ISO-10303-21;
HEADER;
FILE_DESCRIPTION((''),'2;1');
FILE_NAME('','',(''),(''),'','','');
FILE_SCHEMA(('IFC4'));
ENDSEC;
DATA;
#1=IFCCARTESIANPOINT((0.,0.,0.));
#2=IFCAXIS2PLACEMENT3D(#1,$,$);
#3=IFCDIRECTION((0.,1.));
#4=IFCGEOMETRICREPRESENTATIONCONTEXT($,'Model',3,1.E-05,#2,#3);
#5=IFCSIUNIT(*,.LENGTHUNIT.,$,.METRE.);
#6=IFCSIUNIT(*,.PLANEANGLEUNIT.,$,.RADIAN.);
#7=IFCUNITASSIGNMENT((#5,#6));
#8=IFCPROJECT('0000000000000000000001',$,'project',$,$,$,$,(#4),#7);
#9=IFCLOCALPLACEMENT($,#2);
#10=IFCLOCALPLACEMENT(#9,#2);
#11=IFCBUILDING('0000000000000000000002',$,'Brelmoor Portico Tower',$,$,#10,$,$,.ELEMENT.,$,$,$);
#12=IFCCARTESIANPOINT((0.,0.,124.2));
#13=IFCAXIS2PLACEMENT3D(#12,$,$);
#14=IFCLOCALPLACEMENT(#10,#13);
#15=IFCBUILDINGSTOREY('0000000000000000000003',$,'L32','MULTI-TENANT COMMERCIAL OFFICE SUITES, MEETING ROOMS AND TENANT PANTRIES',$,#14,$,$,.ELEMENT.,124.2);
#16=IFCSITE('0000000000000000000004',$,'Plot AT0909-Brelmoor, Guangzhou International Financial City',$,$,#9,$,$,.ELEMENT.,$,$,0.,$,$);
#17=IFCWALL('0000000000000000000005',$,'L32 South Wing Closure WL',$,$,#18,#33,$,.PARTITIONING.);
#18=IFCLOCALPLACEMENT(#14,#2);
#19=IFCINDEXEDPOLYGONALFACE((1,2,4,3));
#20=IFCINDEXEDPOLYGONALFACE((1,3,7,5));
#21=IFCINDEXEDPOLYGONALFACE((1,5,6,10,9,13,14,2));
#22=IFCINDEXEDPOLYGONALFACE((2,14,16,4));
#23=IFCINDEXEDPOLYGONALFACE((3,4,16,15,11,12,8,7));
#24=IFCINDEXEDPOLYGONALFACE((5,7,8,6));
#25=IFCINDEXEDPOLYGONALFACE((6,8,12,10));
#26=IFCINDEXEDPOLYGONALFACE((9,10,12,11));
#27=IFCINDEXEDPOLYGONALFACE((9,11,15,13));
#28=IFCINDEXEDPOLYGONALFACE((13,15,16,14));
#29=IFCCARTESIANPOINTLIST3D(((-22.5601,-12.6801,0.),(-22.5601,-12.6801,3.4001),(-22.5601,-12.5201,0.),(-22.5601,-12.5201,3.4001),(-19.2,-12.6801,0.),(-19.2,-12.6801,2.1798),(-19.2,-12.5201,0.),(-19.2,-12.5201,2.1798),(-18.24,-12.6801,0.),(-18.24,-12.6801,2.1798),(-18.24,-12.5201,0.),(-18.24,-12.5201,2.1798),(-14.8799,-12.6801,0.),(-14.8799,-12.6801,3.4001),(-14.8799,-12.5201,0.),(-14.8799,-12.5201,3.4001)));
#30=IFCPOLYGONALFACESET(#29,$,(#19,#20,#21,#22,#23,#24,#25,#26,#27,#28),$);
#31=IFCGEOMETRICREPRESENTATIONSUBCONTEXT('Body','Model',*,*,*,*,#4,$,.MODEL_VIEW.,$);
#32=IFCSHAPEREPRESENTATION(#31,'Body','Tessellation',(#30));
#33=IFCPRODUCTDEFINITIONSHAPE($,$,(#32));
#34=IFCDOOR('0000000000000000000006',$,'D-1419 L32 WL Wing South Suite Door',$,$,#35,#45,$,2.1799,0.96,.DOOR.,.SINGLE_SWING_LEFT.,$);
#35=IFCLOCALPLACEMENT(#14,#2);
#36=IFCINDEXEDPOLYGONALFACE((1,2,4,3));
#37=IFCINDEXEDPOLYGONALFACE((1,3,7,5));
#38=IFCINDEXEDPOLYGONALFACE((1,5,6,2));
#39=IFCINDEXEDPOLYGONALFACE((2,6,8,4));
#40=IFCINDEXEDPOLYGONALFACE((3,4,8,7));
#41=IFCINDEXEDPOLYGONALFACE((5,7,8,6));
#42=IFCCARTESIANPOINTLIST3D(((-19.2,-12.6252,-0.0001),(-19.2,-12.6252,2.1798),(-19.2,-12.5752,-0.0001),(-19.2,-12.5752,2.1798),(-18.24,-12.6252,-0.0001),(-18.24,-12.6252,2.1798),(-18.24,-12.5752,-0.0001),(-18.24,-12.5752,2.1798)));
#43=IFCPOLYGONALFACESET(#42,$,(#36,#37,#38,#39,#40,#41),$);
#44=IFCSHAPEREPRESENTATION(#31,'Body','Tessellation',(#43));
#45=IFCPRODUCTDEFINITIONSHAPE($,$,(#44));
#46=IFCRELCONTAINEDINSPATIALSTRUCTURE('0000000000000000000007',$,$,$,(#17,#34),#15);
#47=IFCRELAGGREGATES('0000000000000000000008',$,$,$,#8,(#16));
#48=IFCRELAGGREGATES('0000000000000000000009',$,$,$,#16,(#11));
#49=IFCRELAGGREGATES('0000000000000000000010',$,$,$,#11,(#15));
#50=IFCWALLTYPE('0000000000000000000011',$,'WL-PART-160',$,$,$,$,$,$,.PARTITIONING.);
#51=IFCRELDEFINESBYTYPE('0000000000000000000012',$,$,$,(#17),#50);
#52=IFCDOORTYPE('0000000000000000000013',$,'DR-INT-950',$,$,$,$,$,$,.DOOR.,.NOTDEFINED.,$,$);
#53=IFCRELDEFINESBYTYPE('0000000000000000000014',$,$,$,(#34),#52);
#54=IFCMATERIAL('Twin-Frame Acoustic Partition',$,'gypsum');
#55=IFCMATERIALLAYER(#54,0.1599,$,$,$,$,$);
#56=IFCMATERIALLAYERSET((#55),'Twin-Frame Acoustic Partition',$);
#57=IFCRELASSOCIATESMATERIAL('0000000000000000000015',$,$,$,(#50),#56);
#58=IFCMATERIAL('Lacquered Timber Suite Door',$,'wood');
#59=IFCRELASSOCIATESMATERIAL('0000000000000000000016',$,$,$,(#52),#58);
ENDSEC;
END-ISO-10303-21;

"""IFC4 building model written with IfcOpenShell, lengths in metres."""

from ifc_helpers import new_model, si_unit, direction, frame, frame_2d, origin, place, context, subcontext, project, spatial, rectangle, extrude, material, layer, layer_set, type_object, element, fill, save


model = new_model("IFC4")

# Units and contexts
model_context = context("Model", 3, precision=1e-05, world=origin(), true_north=direction((0.0, 1.0)))
body_context = subcontext(model_context, "Body", "Model", "MODEL_VIEW")
ifc_project = project(units=[si_unit("LENGTHUNIT", "METRE"), si_unit("PLANEANGLEUNIT", "RADIAN")], contexts=[model_context])

# Site, building, storey
site_placement = place(None, origin())
site = spatial("IfcSite", under=ifc_project, at=site_placement, Name="Plot AT0909-Brelmoor, Guangzhou International Financial City", CompositionType="ELEMENT", RefElevation=0.0)
building_placement = place(site_placement, origin())
building = spatial("IfcBuilding", under=site, at=building_placement, Name="Brelmoor Portico Tower", CompositionType="ELEMENT")
storey_placement = place(building_placement, frame((0.0, 0.0, 124.2)))
storey = spatial("IfcBuildingStorey", under=building, at=storey_placement, Name="L32", Description="MULTI-TENANT COMMERCIAL OFFICE SUITES, MEETING ROOMS AND TENANT PANTRIES", CompositionType="ELEMENT", Elevation=124.2)

# Wall, opening, door
ifc_material_1 = material(Name="Twin-Frame Acoustic Partition", Category="gypsum")
ifc_layer_1 = layer(ifc_material_1, 0.1599)
ifc_layer_set_1 = layer_set([ifc_layer_1], Name="Twin-Frame Acoustic Partition")
wall_type_1 = type_object("IfcWallType", Name="WL-PART-160", PredefinedType="PARTITIONING", material=ifc_layer_set_1)
wall_placement = place(storey_placement, frame((-22.5601, -12.6001, 0.0), z_axis=(0.0, 0.0, 1.0), x_axis=(1.0, 0.0, 0.0)))
wall = element("IfcWall", 1, at=wall_placement, inside=storey, type_object=wall_type_1, Name="L32 South Wing Closure WL", PredefinedType="PARTITIONING", context=body_context, shape_type="SweptSolid", body=[
    extrude(rectangle(XDim=7.6802, YDim=0.1599, at=frame_2d((3.8401, 0.0))), origin(), (0.0, 0.0, 1.0), 3.4001),
])
opening_placement = place(wall_placement, frame((3.3601, 0.0, 0.0)))
opening = element("IfcOpeningElement", 2, at=opening_placement, cuts=wall, PredefinedType="OPENING", context=body_context, shape_type="SweptSolid", body=[
    extrude(rectangle(XDim=0.96, YDim=2.1799, at=frame_2d((0.48, 1.0898))), frame((0.0, 0.0898, 0.0), z_axis=(0.0, -1.0, 0.0), x_axis=(1.0, 0.0, 0.0)), (0.0, 0.0, 1.0), 0.1799),
])
ifc_material_2 = material(Name="Lacquered Timber Suite Door", Category="wood")
door_type = type_object("IfcDoorType", Name="DR-INT-950", OperationType="NOTDEFINED", PredefinedType="DOOR", material=ifc_material_2)
door_placement = place(opening_placement, origin())
door = element("IfcDoor", 3, at=door_placement, inside=storey, type_object=door_type, Name="D-1419 L32 WL Wing South Suite Door", OperationType="SINGLE_SWING_LEFT", OverallHeight=2.1799, OverallWidth=0.96, PredefinedType="DOOR", context=body_context, shape_type="SweptSolid", body=[
    extrude(rectangle(XDim=0.96, YDim=2.1799, at=frame_2d((0.48, 1.0898))), frame((0.0, 0.0249, 0.0), z_axis=(0.0, -1.0, 0.0), x_axis=(1.0, 0.0, 0.0)), (0.0, 0.0, 1.0), 0.05),
])
fill(opening, door)

save(model, "model.ifc")
